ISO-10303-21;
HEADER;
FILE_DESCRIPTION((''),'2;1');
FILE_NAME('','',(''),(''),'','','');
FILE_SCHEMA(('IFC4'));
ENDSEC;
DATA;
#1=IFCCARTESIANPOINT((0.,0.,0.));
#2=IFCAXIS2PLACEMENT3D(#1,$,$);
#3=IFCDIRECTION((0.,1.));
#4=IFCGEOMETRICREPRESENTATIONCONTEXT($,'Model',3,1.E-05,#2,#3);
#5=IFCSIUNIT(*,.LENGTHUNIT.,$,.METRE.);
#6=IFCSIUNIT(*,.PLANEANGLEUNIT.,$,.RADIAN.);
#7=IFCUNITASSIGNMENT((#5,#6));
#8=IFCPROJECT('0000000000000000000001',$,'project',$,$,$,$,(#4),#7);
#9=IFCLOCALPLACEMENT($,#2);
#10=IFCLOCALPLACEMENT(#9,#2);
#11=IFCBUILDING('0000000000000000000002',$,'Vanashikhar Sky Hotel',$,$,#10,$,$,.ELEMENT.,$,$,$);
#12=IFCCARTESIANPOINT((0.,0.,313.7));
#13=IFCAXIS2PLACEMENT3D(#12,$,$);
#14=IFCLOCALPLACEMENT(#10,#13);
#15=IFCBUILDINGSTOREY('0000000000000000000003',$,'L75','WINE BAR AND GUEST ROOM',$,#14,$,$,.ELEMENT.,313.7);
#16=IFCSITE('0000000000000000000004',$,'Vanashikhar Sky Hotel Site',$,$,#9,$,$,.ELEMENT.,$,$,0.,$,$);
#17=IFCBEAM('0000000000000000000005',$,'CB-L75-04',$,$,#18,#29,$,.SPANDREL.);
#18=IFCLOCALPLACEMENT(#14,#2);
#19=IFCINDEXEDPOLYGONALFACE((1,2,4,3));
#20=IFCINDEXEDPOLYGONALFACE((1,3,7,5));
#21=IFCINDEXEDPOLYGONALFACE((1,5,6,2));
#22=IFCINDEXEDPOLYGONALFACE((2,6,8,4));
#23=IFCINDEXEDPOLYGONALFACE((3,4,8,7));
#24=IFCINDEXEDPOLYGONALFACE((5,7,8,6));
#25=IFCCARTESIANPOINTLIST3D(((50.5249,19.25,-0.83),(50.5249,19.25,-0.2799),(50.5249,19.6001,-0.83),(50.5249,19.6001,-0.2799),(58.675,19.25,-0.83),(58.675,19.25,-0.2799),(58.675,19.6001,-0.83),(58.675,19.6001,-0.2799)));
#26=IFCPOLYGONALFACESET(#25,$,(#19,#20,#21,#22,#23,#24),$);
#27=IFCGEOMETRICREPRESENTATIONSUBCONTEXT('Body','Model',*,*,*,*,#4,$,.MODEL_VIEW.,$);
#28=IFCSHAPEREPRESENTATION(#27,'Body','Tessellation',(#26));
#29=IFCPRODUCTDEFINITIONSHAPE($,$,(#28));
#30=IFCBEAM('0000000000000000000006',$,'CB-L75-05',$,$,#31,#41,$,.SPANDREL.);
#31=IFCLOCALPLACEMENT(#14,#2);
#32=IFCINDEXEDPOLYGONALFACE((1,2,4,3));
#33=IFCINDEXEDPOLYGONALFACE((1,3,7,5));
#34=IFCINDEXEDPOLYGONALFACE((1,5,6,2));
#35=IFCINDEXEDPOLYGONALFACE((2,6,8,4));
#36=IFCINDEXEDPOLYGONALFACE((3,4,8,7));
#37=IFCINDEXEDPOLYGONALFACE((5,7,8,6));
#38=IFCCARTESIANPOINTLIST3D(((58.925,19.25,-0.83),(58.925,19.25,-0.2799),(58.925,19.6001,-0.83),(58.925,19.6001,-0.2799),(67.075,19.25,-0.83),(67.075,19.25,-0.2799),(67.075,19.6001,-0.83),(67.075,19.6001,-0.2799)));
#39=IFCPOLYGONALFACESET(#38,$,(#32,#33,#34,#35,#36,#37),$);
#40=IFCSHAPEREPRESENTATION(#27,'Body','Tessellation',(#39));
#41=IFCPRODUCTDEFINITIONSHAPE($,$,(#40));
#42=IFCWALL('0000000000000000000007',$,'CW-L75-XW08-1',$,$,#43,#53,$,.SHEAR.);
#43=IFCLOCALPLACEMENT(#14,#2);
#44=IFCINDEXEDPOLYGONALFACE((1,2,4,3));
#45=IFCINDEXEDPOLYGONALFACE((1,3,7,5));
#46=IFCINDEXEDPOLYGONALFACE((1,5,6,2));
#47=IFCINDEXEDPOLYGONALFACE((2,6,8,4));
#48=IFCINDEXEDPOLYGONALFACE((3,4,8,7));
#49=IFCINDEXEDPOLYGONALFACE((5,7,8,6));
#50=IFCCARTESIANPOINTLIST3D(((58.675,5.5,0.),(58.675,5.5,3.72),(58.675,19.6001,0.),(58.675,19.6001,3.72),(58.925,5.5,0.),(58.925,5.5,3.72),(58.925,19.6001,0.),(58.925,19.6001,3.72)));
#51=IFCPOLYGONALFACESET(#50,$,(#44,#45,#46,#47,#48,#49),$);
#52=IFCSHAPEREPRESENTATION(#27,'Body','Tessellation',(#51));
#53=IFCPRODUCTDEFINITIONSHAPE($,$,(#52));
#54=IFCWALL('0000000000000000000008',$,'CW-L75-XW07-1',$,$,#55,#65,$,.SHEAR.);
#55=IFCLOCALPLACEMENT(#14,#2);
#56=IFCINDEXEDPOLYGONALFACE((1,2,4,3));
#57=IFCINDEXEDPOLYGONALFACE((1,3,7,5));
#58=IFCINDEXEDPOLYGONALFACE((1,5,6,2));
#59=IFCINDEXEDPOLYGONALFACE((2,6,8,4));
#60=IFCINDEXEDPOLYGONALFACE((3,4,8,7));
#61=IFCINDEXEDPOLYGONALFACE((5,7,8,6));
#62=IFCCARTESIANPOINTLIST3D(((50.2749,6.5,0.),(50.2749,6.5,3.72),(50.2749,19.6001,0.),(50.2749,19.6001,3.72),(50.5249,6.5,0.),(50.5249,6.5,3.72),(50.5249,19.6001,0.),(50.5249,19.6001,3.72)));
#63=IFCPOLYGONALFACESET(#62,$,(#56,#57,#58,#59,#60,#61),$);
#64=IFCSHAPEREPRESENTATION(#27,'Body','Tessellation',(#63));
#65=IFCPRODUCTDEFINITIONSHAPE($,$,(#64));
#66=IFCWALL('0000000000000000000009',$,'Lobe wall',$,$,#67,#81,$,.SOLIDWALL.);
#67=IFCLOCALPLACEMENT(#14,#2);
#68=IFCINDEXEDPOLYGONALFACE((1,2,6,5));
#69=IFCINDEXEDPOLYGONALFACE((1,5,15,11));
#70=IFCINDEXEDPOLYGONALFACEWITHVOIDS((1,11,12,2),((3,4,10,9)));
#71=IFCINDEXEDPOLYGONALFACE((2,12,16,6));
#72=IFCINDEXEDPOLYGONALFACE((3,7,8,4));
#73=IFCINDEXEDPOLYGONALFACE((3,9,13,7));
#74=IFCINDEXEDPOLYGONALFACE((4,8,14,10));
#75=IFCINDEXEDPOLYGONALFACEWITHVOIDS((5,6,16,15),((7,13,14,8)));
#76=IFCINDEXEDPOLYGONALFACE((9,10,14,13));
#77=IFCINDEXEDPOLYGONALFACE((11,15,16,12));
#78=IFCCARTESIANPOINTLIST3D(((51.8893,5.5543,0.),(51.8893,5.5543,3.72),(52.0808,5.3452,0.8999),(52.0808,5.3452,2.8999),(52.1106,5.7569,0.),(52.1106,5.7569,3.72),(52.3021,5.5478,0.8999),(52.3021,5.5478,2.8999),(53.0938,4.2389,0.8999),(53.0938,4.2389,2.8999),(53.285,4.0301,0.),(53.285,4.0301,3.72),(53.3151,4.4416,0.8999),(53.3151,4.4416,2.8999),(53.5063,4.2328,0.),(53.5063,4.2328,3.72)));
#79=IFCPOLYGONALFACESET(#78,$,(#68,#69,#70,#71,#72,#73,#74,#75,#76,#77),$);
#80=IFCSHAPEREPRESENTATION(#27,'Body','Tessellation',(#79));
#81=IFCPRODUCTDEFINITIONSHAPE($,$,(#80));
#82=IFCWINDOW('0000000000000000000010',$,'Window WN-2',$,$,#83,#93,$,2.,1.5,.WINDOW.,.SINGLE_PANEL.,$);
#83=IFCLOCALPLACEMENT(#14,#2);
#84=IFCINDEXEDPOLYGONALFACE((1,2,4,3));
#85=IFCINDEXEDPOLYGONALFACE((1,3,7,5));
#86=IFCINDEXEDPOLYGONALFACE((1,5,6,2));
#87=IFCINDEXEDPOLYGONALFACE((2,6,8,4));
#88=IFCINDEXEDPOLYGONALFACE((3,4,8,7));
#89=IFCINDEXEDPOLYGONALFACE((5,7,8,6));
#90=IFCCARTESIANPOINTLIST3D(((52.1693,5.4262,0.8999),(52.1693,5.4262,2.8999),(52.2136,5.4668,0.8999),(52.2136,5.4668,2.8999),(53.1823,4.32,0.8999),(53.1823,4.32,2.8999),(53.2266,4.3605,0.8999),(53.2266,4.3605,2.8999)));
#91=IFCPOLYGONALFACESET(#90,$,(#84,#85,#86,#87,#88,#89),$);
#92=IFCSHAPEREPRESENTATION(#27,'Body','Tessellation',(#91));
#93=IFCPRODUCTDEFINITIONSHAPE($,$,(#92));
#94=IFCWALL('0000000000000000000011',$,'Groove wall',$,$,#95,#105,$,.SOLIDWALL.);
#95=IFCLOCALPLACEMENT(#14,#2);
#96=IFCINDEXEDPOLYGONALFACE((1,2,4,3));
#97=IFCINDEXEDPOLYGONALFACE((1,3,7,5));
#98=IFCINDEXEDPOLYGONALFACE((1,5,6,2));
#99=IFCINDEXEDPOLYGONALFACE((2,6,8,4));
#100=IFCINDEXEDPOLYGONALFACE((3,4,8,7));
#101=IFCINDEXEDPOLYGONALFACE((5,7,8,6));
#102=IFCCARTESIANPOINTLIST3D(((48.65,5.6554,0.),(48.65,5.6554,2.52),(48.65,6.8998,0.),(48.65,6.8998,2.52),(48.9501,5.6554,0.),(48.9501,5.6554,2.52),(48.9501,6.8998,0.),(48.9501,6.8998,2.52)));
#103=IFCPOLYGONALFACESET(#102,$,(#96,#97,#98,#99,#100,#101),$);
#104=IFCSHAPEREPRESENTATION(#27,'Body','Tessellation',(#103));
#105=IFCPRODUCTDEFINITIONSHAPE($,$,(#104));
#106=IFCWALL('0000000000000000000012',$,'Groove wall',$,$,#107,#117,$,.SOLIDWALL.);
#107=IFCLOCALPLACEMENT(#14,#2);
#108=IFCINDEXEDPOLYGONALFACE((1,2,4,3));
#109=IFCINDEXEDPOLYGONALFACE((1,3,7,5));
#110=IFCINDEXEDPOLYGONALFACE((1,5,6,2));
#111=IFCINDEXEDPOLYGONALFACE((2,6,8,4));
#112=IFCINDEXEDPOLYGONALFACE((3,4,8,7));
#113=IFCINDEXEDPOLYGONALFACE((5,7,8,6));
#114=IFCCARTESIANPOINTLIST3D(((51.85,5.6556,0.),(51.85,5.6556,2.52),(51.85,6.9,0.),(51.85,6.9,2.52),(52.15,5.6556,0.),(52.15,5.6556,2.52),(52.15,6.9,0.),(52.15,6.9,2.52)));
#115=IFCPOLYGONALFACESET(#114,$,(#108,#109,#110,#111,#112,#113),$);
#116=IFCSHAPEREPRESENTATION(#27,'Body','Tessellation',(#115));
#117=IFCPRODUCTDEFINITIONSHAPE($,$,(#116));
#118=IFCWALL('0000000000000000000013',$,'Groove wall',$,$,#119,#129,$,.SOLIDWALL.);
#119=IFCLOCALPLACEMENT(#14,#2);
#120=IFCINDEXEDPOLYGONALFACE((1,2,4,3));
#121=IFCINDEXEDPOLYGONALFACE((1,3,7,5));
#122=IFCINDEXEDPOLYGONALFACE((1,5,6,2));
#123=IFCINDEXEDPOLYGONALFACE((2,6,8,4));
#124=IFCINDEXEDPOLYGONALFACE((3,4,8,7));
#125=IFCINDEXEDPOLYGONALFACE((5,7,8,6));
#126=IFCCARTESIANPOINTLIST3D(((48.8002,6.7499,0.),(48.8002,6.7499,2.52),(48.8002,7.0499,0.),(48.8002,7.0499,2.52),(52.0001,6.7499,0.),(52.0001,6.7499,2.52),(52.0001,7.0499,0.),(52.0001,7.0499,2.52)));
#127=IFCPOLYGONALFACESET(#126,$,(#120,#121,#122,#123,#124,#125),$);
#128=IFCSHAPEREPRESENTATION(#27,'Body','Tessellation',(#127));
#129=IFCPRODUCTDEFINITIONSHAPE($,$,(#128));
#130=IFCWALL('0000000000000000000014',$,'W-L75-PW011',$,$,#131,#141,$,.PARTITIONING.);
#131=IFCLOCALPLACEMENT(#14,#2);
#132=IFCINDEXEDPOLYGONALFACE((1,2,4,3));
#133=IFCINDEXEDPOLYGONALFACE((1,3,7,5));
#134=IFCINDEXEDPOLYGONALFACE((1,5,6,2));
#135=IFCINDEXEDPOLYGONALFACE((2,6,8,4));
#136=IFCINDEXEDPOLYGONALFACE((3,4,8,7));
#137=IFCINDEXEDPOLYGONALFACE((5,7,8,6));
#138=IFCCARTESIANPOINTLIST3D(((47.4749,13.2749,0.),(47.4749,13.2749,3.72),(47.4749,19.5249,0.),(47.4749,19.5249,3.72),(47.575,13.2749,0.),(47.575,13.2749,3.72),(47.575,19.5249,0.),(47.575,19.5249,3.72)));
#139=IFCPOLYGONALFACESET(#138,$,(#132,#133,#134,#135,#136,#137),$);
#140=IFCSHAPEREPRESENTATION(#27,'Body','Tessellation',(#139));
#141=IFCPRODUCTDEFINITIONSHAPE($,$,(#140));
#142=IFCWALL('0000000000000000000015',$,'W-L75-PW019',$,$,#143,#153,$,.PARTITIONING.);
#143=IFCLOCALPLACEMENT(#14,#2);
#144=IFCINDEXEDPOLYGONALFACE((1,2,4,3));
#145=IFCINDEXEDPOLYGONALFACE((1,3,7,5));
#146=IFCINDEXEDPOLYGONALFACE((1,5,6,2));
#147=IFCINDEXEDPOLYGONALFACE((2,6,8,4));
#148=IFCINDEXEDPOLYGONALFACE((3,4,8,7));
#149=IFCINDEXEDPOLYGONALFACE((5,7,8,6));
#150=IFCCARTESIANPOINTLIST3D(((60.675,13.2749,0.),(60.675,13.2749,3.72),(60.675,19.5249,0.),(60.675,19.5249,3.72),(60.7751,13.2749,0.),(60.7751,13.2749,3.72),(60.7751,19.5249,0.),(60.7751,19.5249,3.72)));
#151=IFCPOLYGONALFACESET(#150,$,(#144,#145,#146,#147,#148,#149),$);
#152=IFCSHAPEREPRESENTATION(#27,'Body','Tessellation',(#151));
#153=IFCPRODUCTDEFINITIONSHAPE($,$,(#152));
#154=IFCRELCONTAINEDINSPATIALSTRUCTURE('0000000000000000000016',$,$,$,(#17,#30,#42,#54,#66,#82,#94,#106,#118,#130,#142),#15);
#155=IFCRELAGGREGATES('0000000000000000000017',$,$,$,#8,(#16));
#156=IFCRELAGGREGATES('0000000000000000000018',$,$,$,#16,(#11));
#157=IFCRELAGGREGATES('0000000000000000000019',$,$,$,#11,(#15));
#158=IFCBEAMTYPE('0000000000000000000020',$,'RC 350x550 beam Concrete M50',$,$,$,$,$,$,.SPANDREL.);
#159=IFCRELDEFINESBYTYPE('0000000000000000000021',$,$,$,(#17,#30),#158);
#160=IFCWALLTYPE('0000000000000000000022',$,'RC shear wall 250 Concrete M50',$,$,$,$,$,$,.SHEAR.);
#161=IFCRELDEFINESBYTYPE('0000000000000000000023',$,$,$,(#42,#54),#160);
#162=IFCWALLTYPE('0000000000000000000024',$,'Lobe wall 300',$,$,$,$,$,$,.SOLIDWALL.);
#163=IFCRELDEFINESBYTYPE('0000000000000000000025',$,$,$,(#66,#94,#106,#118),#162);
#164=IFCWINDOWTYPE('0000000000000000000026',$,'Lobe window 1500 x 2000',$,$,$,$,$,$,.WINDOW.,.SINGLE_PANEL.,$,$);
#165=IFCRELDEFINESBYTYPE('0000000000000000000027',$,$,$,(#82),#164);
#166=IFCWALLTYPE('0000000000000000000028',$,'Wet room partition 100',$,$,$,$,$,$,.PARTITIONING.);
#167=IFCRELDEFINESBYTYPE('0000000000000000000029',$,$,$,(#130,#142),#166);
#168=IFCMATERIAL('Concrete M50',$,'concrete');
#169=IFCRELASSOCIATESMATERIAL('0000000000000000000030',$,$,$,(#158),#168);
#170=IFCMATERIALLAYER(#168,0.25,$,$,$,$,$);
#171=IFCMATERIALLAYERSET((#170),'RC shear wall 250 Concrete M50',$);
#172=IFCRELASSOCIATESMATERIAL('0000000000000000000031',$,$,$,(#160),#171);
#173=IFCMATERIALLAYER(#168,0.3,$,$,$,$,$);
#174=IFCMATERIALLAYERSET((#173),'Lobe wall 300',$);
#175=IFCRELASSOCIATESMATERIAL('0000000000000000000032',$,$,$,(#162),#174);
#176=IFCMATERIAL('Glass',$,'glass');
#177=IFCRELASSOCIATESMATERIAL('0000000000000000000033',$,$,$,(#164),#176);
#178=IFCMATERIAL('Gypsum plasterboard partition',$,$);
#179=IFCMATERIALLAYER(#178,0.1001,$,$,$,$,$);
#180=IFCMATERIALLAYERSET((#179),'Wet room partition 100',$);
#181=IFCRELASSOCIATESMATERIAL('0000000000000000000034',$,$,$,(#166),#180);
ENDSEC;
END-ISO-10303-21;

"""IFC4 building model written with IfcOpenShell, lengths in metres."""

from ifc_helpers import new_model, si_unit, direction, frame, frame_2d, origin, origin_2d, place, context, subcontext, project, spatial, rectangle, extrude, source, transform, mapped, material, layer, layer_set, material_profile, profile_set, type_object, element, fill, save


model = new_model("IFC4")

# Units and contexts
model_context = context("Model", 3, precision=1e-05, world=origin(), true_north=direction((0.0, 1.0)))
body_context = subcontext(model_context, "Body", "Model", "MODEL_VIEW")
ifc_project = project(units=[si_unit("LENGTHUNIT", "METRE"), si_unit("PLANEANGLEUNIT", "RADIAN")], contexts=[model_context])

# Site, building, storey
site_placement = place(None, origin())
site = spatial("IfcSite", under=ifc_project, at=site_placement, Name="Vanashikhar Sky Hotel Site", CompositionType="ELEMENT", RefElevation=0.0)
building_placement = place(site_placement, origin())
building = spatial("IfcBuilding", under=site, at=building_placement, Name="Vanashikhar Sky Hotel", CompositionType="ELEMENT")
storey_placement = place(building_placement, frame((0.0, 0.0, 313.7)))
storey = spatial("IfcBuildingStorey", under=building, at=storey_placement, Name="L75", Description="WINE BAR AND GUEST ROOM", CompositionType="ELEMENT", Elevation=313.7)

# Beams
ifc_material_1 = material(Name="Concrete M50", Category="concrete")
ifc_material_profile_1 = material_profile(ifc_material_1, rectangle(XDim=0.3501, YDim=0.55, at=origin_2d()))
ifc_profile_set_1 = profile_set([ifc_material_profile_1], Name="RC 350x550 beam Concrete M50")
beam_type = type_object("IfcBeamType", Name="RC 350x550 beam Concrete M50", PredefinedType="SPANDREL", material=ifc_profile_set_1)
shared_shape_1 = source(origin(), body_context, "Body", "SweptSolid", [
    extrude(rectangle(XDim=0.3501, YDim=0.55, at=origin_2d()), origin(), (0.0, 0.0, 1.0), 8.1501),
])
beam_1_placement = place(storey_placement, frame((50.5249, 19.425, -0.5549), z_axis=(1.0, 0.0, 0.0), x_axis=(0.0, 1.0, 0.0)))
element("IfcBeam", 1, at=beam_1_placement, inside=storey, type_object=beam_type, Name="CB-L75-04", PredefinedType="SPANDREL", context=body_context, shape_type="MappedRepresentation", body=[
    mapped(shared_shape_1, transform((0.0, 0.0, 0.0), scale=1.0)),
])
shared_shape_2 = source(origin(), body_context, "Body", "SweptSolid", [
    extrude(rectangle(XDim=0.3501, YDim=0.55, at=origin_2d()), origin(), (0.0, 0.0, 1.0), 8.1499),
])
beam_2_placement = place(storey_placement, frame((58.925, 19.425, -0.5549), z_axis=(1.0, 0.0, 0.0), x_axis=(0.0, 1.0, 0.0)))
element("IfcBeam", 2, at=beam_2_placement, inside=storey, type_object=beam_type, Name="CB-L75-05", PredefinedType="SPANDREL", context=body_context, shape_type="MappedRepresentation", body=[
    mapped(shared_shape_2, transform((0.0, 0.0, 0.0), scale=1.0)),
])

# Walls
ifc_layer_1 = layer(ifc_material_1, 0.25)
ifc_layer_set_1 = layer_set([ifc_layer_1], Name="RC shear wall 250 Concrete M50")
wall_type_1 = type_object("IfcWallType", Name="RC shear wall 250 Concrete M50", PredefinedType="SHEAR", material=ifc_layer_set_1)
shared_shape_3 = source(origin(), body_context, "Body", "SweptSolid", [
    extrude(rectangle(XDim=14.1001, YDim=0.25, at=frame_2d((7.05, 0.0))), origin(), (0.0, 0.0, 1.0), 3.72),
])
wall_1_placement = place(storey_placement, frame((58.8, 5.5, 0.0), z_axis=(0.0, 0.0, 1.0), x_axis=(0.0, 1.0, 0.0)))
element("IfcWall", 3, at=wall_1_placement, inside=storey, type_object=wall_type_1, Name="CW-L75-XW08-1", PredefinedType="SHEAR", context=body_context, shape_type="MappedRepresentation", body=[
    mapped(shared_shape_3, transform((0.0, 0.0, 0.0), scale=1.0)),
])
shared_shape_4 = source(origin(), body_context, "Body", "SweptSolid", [
    extrude(rectangle(XDim=13.1001, YDim=0.25, at=frame_2d((6.55, 0.0))), origin(), (0.0, 0.0, 1.0), 3.72),
])
wall_2_placement = place(storey_placement, frame((50.3999, 6.5, 0.0), z_axis=(0.0, 0.0, 1.0), x_axis=(0.0, 1.0, 0.0)))
element("IfcWall", 4, at=wall_2_placement, inside=storey, type_object=wall_type_1, Name="CW-L75-XW07-1", PredefinedType="SHEAR", context=body_context, shape_type="MappedRepresentation", body=[
    mapped(shared_shape_4, transform((0.0, 0.0, 0.0), scale=1.0)),
])

# Wall, opening, window
ifc_layer_2 = layer(ifc_material_1, 0.3)
ifc_layer_set_2 = layer_set([ifc_layer_2], Name="Lobe wall 300")
wall_type_2 = type_object("IfcWallType", Name="Lobe wall 300", PredefinedType="SOLIDWALL", material=ifc_layer_set_2)
shared_shape_5 = source(origin(), body_context, "Body", "SweptSolid", [
    extrude(rectangle(XDim=2.0667, YDim=0.3, at=frame_2d((1.0332, 0.0))), origin(), (0.0, 0.0, 1.0), 3.72),
])
wall_3_placement = place(storey_placement, frame((52.0, 5.6555, 0.0), z_axis=(0.0, 0.0, 1.0), x_axis=(0.675355, -0.737492, 0.0)))
wall_3 = element("IfcWall", 5, at=wall_3_placement, inside=storey, type_object=wall_type_2, Name="Lobe wall", PredefinedType="SOLIDWALL", context=body_context, shape_type="MappedRepresentation", body=[
    mapped(shared_shape_5, transform((0.0, 0.0, 0.0), scale=1.0)),
])
shared_shape_6 = source(origin(), body_context, "Body", "SweptSolid", [
    extrude(rectangle(XDim=1.5, YDim=2.0, at=frame_2d((0.75, 1.0))), frame((0.0, 0.1602, 0.0), z_axis=(0.0, -1.0, 0.0), x_axis=(1.0, 0.0, 0.0)), (0.0, 0.0, 1.0), 0.3201),
])
opening_1_placement = place(wall_3_placement, frame((0.2834, 0.0, 0.8999)))
opening_1 = element("IfcOpeningElement", 6, at=opening_1_placement, cuts=wall_3, PredefinedType="OPENING", context=body_context, shape_type="MappedRepresentation", body=[
    mapped(shared_shape_6, transform((0.0, 0.0, 0.0), scale=1.0)),
])
ifc_material_2 = material(Name="Glass", Category="glass")
window_type = type_object("IfcWindowType", Name="Lobe window 1500 x 2000", PartitioningType="SINGLE_PANEL", PredefinedType="WINDOW", material=ifc_material_2)
shared_shape_7 = source(origin(), body_context, "Body", "SweptSolid", [
    extrude(rectangle(XDim=1.5, YDim=2.0, at=frame_2d((0.75, 1.0))), frame((0.0, 0.03, 0.0), z_axis=(0.0, -1.0, 0.0), x_axis=(1.0, 0.0, 0.0)), (0.0, 0.0, 1.0), 0.0601),
])
window_placement = place(opening_1_placement, origin())
window = element("IfcWindow", 7, at=window_placement, inside=storey, type_object=window_type, Name="Window WN-2", OverallHeight=2.0, OverallWidth=1.5, PartitioningType="SINGLE_PANEL", PredefinedType="WINDOW", context=body_context, shape_type="MappedRepresentation", body=[
    mapped(shared_shape_7, transform((0.0, 0.0, 0.0), scale=1.0)),
])
fill(opening_1, window)

# Walls
shared_shape_8 = source(origin(), body_context, "Body", "SweptSolid", [
    extrude(rectangle(XDim=1.2444, YDim=0.3, at=frame_2d((0.6221, 0.0))), origin(), (0.0, 0.0, 1.0), 2.52),
])
for number, where, z_axis, x_axis, name in (
    (8, (48.8, 5.6555, 0.0), (0.0, 0.0, 1.0), (0.0, 1.0, 0.0), "Groove wall"),
    (9, (52.0, 6.8999, 0.0), (0.0, 0.0, 1.0), (0.0, -1.0, 0.0), "Groove wall"),
):
    element("IfcWall", number, at=place(storey_placement, frame(where, z_axis=z_axis, x_axis=x_axis)), inside=storey, type_object=wall_type_2, Name=name, PredefinedType="SOLIDWALL", context=body_context, shape_type="MappedRepresentation", body=[
        mapped(shared_shape_8, transform((0.0, 0.0, 0.0), scale=1.0)),
    ])
shared_shape_9 = source(origin(), body_context, "Body", "SweptSolid", [
    extrude(rectangle(XDim=3.2, YDim=0.3, at=frame_2d((1.6001, 0.0))), origin(), (0.0, 0.0, 1.0), 2.52),
])
wall_4_placement = place(storey_placement, frame((48.8, 6.8999, 0.0), z_axis=(0.0, 0.0, 1.0), x_axis=(1.0, 0.0, 0.0)))
element("IfcWall", 10, at=wall_4_placement, inside=storey, type_object=wall_type_2, Name="Groove wall", PredefinedType="SOLIDWALL", context=body_context, shape_type="MappedRepresentation", body=[
    mapped(shared_shape_9, transform((0.0, 0.0, 0.0), scale=1.0)),
])
ifc_material_3 = material(Name="Gypsum plasterboard partition")
ifc_layer_3 = layer(ifc_material_3, 0.1001)
ifc_layer_set_3 = layer_set([ifc_layer_3], Name="Wet room partition 100")
wall_type_3 = type_object("IfcWallType", Name="Wet room partition 100", PredefinedType="PARTITIONING", material=ifc_layer_set_3)
shared_shape_10 = source(origin(), body_context, "Body", "SweptSolid", [
    extrude(rectangle(XDim=6.25, YDim=0.1001, at=frame_2d((3.125, 0.0))), origin(), (0.0, 0.0, 1.0), 3.72),
])
for number, where, z_axis, x_axis, name in (
    (11, (47.5249, 13.2749, 0.0), (0.0, 0.0, 1.0), (0.0, 1.0, 0.0), "W-L75-PW011"),
    (12, (60.7251, 13.2749, 0.0), (0.0, 0.0, 1.0), (0.0, 1.0, 0.0), "W-L75-PW019"),
):
    element("IfcWall", number, at=place(storey_placement, frame(where, z_axis=z_axis, x_axis=x_axis)), inside=storey, type_object=wall_type_3, Name=name, PredefinedType="PARTITIONING", context=body_context, shape_type="MappedRepresentation", body=[
        mapped(shared_shape_10, transform((0.0, 0.0, 0.0), scale=1.0)),
    ])

save(model, "model.ifc")
